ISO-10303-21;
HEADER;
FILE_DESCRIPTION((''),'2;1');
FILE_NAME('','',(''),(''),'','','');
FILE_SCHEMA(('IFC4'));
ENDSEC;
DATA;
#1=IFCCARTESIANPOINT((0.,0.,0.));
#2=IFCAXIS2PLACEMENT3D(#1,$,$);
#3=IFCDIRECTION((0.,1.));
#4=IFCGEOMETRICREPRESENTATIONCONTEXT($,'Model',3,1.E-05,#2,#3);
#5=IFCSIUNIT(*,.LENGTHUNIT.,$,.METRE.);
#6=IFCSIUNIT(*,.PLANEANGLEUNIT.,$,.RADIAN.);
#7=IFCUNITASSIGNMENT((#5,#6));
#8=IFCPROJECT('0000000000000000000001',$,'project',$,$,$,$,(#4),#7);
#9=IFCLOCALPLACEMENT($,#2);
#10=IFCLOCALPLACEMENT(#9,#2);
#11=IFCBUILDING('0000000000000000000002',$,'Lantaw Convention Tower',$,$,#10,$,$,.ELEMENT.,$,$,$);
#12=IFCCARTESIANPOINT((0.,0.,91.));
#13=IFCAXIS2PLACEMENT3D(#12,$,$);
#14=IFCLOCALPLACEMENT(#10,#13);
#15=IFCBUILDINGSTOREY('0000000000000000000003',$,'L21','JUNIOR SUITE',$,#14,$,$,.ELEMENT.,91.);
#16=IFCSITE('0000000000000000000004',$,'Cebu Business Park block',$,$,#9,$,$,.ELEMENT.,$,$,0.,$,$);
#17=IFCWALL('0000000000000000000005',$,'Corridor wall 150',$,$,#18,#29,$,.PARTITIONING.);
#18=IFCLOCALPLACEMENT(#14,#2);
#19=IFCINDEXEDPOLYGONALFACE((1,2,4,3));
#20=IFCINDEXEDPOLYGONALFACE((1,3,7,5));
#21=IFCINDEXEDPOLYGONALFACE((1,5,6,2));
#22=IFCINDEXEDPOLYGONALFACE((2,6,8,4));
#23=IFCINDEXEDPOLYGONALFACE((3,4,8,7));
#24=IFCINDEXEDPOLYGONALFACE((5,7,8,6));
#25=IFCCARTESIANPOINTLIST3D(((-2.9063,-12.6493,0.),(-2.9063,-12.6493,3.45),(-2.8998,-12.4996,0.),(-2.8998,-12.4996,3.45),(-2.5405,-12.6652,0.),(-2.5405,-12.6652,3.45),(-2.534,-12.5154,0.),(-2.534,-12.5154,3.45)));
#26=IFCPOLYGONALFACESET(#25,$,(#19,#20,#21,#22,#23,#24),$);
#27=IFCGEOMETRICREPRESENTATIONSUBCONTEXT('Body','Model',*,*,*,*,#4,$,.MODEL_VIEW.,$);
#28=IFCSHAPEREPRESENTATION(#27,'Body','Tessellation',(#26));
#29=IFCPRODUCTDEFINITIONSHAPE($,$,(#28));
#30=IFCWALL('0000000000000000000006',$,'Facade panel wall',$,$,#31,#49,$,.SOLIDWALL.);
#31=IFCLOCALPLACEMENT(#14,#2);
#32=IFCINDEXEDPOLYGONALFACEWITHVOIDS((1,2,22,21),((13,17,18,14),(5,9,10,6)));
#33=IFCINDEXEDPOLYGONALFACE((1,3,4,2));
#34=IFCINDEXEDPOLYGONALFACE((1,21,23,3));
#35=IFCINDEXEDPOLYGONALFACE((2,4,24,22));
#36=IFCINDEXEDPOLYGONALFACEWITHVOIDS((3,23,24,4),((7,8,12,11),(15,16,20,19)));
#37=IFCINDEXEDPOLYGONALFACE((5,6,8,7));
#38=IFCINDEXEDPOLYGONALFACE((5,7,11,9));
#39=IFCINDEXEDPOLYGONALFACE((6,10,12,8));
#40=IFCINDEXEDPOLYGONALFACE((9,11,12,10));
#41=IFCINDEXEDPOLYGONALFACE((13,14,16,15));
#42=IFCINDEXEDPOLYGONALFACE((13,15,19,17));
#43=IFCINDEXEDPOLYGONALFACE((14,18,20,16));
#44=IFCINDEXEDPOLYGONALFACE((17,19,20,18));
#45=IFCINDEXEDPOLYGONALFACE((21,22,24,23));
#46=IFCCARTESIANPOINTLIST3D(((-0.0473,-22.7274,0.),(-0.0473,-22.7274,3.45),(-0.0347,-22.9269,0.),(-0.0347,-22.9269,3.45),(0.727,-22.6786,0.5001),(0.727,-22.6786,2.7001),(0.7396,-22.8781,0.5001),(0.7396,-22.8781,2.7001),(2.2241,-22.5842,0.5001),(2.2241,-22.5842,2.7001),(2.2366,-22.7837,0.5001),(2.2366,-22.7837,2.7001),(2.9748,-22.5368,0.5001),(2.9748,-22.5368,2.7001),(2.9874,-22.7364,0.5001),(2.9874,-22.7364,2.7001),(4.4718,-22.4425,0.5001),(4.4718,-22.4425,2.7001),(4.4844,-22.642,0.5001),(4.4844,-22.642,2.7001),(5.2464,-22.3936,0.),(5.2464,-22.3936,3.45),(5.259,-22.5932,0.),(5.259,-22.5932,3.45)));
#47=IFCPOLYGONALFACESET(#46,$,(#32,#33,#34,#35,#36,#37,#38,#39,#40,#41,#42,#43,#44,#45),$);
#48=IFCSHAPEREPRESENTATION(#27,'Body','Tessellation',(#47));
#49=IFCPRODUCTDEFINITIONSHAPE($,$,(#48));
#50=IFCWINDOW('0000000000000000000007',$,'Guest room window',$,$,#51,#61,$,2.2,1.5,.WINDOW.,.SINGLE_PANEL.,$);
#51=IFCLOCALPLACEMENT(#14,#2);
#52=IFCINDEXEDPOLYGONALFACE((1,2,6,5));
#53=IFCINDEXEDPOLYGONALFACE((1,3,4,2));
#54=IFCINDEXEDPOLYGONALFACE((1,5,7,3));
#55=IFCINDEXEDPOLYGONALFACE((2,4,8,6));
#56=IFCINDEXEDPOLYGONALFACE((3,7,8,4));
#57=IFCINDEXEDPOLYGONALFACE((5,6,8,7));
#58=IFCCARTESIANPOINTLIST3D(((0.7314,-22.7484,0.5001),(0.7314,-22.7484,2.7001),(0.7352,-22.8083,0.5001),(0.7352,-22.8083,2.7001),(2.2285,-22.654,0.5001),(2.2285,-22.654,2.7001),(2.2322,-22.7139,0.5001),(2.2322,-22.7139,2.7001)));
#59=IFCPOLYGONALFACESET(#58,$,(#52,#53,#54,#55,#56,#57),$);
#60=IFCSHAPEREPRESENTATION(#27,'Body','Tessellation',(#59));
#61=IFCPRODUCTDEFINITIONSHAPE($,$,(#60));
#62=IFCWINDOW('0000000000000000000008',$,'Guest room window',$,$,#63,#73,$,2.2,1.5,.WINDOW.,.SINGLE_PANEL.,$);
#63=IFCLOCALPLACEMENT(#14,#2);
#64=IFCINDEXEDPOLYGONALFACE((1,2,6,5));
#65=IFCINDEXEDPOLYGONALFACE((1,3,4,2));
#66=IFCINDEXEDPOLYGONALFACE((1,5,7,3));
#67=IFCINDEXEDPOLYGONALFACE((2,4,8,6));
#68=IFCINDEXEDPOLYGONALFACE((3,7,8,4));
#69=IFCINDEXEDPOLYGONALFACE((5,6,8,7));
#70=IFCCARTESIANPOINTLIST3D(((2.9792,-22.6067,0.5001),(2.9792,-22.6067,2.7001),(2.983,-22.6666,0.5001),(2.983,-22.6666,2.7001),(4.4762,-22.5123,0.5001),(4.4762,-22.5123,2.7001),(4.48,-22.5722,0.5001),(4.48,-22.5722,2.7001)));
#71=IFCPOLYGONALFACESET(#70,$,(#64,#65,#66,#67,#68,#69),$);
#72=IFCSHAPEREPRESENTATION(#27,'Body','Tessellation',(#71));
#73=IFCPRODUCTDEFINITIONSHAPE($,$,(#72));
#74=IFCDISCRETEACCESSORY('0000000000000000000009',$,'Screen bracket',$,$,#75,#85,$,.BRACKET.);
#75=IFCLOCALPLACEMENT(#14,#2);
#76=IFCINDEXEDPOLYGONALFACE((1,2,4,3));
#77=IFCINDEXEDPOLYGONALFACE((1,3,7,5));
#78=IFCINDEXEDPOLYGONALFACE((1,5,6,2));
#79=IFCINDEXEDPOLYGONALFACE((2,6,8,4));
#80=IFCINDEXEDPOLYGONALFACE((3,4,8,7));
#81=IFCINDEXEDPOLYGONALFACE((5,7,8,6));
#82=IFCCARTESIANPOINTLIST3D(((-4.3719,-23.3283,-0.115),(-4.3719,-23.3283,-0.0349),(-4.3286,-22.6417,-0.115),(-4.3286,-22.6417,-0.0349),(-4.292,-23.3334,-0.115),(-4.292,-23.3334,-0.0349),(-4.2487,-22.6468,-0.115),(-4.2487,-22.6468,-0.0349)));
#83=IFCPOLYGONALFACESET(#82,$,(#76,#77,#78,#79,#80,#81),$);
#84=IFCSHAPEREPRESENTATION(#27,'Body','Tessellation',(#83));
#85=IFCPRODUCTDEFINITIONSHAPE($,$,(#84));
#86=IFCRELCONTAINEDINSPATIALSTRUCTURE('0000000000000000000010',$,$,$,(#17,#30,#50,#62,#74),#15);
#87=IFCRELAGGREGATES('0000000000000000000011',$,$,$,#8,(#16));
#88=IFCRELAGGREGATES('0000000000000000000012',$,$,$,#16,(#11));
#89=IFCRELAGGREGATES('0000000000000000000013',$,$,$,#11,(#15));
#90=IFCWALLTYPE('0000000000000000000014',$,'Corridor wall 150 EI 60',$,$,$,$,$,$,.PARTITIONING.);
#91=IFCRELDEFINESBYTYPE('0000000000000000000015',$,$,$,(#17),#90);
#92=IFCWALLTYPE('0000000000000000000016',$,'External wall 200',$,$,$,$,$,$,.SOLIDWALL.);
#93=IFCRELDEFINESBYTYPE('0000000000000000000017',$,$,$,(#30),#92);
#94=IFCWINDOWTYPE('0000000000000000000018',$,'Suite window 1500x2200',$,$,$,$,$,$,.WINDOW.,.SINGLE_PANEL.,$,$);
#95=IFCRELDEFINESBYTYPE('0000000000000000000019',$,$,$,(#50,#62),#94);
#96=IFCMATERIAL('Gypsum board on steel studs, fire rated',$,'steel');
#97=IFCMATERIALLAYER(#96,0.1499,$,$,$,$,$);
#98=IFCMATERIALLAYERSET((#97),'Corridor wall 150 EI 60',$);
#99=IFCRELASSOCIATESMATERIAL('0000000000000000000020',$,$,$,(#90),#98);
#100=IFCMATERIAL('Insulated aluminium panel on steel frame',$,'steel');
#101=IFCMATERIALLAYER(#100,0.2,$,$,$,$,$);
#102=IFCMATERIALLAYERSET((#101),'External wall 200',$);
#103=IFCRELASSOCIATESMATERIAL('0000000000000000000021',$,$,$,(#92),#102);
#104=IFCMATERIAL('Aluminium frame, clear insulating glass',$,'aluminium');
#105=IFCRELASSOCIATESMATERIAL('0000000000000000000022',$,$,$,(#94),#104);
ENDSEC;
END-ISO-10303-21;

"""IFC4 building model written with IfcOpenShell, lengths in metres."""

from ifc_helpers import new_model, si_unit, direction, frame, frame_2d, origin, origin_2d, place, context, subcontext, project, spatial, rectangle, extrude, material, layer, layer_set, type_object, element, fill, save


model = new_model("IFC4")

# Units and contexts
model_context = context("Model", 3, precision=1e-05, world=origin(), true_north=direction((0.0, 1.0)))
body_context = subcontext(model_context, "Body", "Model", "MODEL_VIEW")
ifc_project = project(units=[si_unit("LENGTHUNIT", "METRE"), si_unit("PLANEANGLEUNIT", "RADIAN")], contexts=[model_context])

# Site, building, storey
site_placement = place(None, origin())
site = spatial("IfcSite", under=ifc_project, at=site_placement, Name="Cebu Business Park block", CompositionType="ELEMENT", RefElevation=0.0)
building_placement = place(site_placement, origin())
building = spatial("IfcBuilding", under=site, at=building_placement, Name="Lantaw Convention Tower", CompositionType="ELEMENT")
storey_placement = place(building_placement, frame((0.0, 0.0, 91.0)))
storey = spatial("IfcBuildingStorey", under=building, at=storey_placement, Name="L21", Description="JUNIOR SUITE", CompositionType="ELEMENT", Elevation=91.0)

# Shared definitions
ifc_material_1 = material(Name="Gypsum board on steel studs, fire rated", Category="steel")
ifc_layer_1 = layer(ifc_material_1, 0.1499)
ifc_layer_set_1 = layer_set([ifc_layer_1], Name="Corridor wall 150 EI 60")
wall_type_1 = type_object("IfcWallType", Name="Corridor wall 150 EI 60", PredefinedType="PARTITIONING", material=ifc_layer_set_1)

# Wall
wall_1_placement = place(storey_placement, frame((-2.9031, -12.5745, 0.0), z_axis=(0.0, 0.0, 1.0), x_axis=(0.999061, -0.043322, 0.0)))
element("IfcWall", 1, at=wall_1_placement, inside=storey, type_object=wall_type_1, Name="Corridor wall 150", PredefinedType="PARTITIONING", context=body_context, shape_type="SweptSolid", body=[
    extrude(rectangle(XDim=0.3662, YDim=0.1499, at=frame_2d((0.1831, 0.0))), origin(), (0.0, 0.0, 1.0), 3.45),
])

# Wall, openings, windows
ifc_material_2 = material(Name="Insulated aluminium panel on steel frame", Category="steel")
ifc_layer_2 = layer(ifc_material_2, 0.2)
ifc_layer_set_2 = layer_set([ifc_layer_2], Name="External wall 200")
wall_type_2 = type_object("IfcWallType", Name="External wall 200", PredefinedType="SOLIDWALL", material=ifc_layer_set_2)
wall_2_placement = place(storey_placement, frame((-0.041, -22.8271, 0.0), z_axis=(0.0, 0.0, 1.0), x_axis=(0.998019, 0.06292, 0.0)))
wall_2 = element("IfcWall", 2, at=wall_2_placement, inside=storey, type_object=wall_type_2, Name="Facade panel wall", PredefinedType="SOLIDWALL", context=body_context, shape_type="SweptSolid", body=[
    extrude(rectangle(XDim=5.3042, YDim=0.2, at=frame_2d((2.6521, 0.0))), origin(), (0.0, 0.0, 1.0), 3.45),
])
opening_1_placement = place(wall_2_placement, frame((0.7759, 0.0, 0.5)))
opening_1 = element("IfcOpeningElement", 3, at=opening_1_placement, cuts=wall_2, PredefinedType="OPENING", context=body_context, shape_type="SweptSolid", body=[
    extrude(rectangle(XDim=1.5, YDim=2.2, at=frame_2d((0.75, 1.1001))), frame((0.0, 0.1099, 0.0), z_axis=(0.0, -1.0, 0.0), x_axis=(1.0, 0.0, 0.0)), (0.0, 0.0, 1.0), 0.22),
])
opening_2_placement = place(wall_2_placement, frame((3.0281, 0.0, 0.5)))
opening_2 = element("IfcOpeningElement", 4, at=opening_2_placement, cuts=wall_2, PredefinedType="OPENING", context=body_context, shape_type="SweptSolid", body=[
    extrude(rectangle(XDim=1.5, YDim=2.2, at=frame_2d((0.75, 1.1001))), frame((0.0, 0.1099, 0.0), z_axis=(0.0, -1.0, 0.0), x_axis=(1.0, 0.0, 0.0)), (0.0, 0.0, 1.0), 0.22),
])
ifc_material_3 = material(Name="Aluminium frame, clear insulating glass", Category="aluminium")
window_type = type_object("IfcWindowType", Name="Suite window 1500x2200", PartitioningType="SINGLE_PANEL", PredefinedType="WINDOW", material=ifc_material_3)
window_1_placement = place(opening_1_placement, origin())
window_1 = element("IfcWindow", 5, at=window_1_placement, inside=storey, type_object=window_type, Name="Guest room window", OverallHeight=2.2, OverallWidth=1.5, PartitioningType="SINGLE_PANEL", PredefinedType="WINDOW", context=body_context, shape_type="SweptSolid", body=[
    extrude(rectangle(XDim=1.5, YDim=2.2, at=frame_2d((0.75, 1.1001))), frame((0.0, 0.03, 0.0), z_axis=(0.0, -1.0, 0.0), x_axis=(1.0, 0.0, 0.0)), (0.0, 0.0, 1.0), 0.0601),
])
fill(opening_1, window_1)
window_2_placement = place(opening_2_placement, origin())
window_2 = element("IfcWindow", 6, at=window_2_placement, inside=storey, type_object=window_type, Name="Guest room window", OverallHeight=2.2, OverallWidth=1.5, PartitioningType="SINGLE_PANEL", PredefinedType="WINDOW", context=body_context, shape_type="SweptSolid", body=[
    extrude(rectangle(XDim=1.5, YDim=2.2, at=frame_2d((0.75, 1.1001))), frame((0.0, 0.03, 0.0), z_axis=(0.0, -1.0, 0.0), x_axis=(1.0, 0.0, 0.0)), (0.0, 0.0, 1.0), 0.0601),
])
fill(opening_2, window_2)

# Discrete accessory
discrete_accessory_placement = place(storey_placement, frame((-4.3103, -22.9875, -0.115), z_axis=(0.0, 0.0, 1.0), x_axis=(0.998016, -0.062958, 0.0)))
element("IfcDiscreteAccessory", 7, at=discrete_accessory_placement, inside=storey, Name="Screen bracket", PredefinedType="BRACKET", context=body_context, shape_type="SweptSolid", body=[
    extrude(rectangle(XDim=0.0801, YDim=0.688, at=origin_2d()), origin(), (0.0, 0.0, 1.0), 0.0801),
])

save(model, "model.ifc")
